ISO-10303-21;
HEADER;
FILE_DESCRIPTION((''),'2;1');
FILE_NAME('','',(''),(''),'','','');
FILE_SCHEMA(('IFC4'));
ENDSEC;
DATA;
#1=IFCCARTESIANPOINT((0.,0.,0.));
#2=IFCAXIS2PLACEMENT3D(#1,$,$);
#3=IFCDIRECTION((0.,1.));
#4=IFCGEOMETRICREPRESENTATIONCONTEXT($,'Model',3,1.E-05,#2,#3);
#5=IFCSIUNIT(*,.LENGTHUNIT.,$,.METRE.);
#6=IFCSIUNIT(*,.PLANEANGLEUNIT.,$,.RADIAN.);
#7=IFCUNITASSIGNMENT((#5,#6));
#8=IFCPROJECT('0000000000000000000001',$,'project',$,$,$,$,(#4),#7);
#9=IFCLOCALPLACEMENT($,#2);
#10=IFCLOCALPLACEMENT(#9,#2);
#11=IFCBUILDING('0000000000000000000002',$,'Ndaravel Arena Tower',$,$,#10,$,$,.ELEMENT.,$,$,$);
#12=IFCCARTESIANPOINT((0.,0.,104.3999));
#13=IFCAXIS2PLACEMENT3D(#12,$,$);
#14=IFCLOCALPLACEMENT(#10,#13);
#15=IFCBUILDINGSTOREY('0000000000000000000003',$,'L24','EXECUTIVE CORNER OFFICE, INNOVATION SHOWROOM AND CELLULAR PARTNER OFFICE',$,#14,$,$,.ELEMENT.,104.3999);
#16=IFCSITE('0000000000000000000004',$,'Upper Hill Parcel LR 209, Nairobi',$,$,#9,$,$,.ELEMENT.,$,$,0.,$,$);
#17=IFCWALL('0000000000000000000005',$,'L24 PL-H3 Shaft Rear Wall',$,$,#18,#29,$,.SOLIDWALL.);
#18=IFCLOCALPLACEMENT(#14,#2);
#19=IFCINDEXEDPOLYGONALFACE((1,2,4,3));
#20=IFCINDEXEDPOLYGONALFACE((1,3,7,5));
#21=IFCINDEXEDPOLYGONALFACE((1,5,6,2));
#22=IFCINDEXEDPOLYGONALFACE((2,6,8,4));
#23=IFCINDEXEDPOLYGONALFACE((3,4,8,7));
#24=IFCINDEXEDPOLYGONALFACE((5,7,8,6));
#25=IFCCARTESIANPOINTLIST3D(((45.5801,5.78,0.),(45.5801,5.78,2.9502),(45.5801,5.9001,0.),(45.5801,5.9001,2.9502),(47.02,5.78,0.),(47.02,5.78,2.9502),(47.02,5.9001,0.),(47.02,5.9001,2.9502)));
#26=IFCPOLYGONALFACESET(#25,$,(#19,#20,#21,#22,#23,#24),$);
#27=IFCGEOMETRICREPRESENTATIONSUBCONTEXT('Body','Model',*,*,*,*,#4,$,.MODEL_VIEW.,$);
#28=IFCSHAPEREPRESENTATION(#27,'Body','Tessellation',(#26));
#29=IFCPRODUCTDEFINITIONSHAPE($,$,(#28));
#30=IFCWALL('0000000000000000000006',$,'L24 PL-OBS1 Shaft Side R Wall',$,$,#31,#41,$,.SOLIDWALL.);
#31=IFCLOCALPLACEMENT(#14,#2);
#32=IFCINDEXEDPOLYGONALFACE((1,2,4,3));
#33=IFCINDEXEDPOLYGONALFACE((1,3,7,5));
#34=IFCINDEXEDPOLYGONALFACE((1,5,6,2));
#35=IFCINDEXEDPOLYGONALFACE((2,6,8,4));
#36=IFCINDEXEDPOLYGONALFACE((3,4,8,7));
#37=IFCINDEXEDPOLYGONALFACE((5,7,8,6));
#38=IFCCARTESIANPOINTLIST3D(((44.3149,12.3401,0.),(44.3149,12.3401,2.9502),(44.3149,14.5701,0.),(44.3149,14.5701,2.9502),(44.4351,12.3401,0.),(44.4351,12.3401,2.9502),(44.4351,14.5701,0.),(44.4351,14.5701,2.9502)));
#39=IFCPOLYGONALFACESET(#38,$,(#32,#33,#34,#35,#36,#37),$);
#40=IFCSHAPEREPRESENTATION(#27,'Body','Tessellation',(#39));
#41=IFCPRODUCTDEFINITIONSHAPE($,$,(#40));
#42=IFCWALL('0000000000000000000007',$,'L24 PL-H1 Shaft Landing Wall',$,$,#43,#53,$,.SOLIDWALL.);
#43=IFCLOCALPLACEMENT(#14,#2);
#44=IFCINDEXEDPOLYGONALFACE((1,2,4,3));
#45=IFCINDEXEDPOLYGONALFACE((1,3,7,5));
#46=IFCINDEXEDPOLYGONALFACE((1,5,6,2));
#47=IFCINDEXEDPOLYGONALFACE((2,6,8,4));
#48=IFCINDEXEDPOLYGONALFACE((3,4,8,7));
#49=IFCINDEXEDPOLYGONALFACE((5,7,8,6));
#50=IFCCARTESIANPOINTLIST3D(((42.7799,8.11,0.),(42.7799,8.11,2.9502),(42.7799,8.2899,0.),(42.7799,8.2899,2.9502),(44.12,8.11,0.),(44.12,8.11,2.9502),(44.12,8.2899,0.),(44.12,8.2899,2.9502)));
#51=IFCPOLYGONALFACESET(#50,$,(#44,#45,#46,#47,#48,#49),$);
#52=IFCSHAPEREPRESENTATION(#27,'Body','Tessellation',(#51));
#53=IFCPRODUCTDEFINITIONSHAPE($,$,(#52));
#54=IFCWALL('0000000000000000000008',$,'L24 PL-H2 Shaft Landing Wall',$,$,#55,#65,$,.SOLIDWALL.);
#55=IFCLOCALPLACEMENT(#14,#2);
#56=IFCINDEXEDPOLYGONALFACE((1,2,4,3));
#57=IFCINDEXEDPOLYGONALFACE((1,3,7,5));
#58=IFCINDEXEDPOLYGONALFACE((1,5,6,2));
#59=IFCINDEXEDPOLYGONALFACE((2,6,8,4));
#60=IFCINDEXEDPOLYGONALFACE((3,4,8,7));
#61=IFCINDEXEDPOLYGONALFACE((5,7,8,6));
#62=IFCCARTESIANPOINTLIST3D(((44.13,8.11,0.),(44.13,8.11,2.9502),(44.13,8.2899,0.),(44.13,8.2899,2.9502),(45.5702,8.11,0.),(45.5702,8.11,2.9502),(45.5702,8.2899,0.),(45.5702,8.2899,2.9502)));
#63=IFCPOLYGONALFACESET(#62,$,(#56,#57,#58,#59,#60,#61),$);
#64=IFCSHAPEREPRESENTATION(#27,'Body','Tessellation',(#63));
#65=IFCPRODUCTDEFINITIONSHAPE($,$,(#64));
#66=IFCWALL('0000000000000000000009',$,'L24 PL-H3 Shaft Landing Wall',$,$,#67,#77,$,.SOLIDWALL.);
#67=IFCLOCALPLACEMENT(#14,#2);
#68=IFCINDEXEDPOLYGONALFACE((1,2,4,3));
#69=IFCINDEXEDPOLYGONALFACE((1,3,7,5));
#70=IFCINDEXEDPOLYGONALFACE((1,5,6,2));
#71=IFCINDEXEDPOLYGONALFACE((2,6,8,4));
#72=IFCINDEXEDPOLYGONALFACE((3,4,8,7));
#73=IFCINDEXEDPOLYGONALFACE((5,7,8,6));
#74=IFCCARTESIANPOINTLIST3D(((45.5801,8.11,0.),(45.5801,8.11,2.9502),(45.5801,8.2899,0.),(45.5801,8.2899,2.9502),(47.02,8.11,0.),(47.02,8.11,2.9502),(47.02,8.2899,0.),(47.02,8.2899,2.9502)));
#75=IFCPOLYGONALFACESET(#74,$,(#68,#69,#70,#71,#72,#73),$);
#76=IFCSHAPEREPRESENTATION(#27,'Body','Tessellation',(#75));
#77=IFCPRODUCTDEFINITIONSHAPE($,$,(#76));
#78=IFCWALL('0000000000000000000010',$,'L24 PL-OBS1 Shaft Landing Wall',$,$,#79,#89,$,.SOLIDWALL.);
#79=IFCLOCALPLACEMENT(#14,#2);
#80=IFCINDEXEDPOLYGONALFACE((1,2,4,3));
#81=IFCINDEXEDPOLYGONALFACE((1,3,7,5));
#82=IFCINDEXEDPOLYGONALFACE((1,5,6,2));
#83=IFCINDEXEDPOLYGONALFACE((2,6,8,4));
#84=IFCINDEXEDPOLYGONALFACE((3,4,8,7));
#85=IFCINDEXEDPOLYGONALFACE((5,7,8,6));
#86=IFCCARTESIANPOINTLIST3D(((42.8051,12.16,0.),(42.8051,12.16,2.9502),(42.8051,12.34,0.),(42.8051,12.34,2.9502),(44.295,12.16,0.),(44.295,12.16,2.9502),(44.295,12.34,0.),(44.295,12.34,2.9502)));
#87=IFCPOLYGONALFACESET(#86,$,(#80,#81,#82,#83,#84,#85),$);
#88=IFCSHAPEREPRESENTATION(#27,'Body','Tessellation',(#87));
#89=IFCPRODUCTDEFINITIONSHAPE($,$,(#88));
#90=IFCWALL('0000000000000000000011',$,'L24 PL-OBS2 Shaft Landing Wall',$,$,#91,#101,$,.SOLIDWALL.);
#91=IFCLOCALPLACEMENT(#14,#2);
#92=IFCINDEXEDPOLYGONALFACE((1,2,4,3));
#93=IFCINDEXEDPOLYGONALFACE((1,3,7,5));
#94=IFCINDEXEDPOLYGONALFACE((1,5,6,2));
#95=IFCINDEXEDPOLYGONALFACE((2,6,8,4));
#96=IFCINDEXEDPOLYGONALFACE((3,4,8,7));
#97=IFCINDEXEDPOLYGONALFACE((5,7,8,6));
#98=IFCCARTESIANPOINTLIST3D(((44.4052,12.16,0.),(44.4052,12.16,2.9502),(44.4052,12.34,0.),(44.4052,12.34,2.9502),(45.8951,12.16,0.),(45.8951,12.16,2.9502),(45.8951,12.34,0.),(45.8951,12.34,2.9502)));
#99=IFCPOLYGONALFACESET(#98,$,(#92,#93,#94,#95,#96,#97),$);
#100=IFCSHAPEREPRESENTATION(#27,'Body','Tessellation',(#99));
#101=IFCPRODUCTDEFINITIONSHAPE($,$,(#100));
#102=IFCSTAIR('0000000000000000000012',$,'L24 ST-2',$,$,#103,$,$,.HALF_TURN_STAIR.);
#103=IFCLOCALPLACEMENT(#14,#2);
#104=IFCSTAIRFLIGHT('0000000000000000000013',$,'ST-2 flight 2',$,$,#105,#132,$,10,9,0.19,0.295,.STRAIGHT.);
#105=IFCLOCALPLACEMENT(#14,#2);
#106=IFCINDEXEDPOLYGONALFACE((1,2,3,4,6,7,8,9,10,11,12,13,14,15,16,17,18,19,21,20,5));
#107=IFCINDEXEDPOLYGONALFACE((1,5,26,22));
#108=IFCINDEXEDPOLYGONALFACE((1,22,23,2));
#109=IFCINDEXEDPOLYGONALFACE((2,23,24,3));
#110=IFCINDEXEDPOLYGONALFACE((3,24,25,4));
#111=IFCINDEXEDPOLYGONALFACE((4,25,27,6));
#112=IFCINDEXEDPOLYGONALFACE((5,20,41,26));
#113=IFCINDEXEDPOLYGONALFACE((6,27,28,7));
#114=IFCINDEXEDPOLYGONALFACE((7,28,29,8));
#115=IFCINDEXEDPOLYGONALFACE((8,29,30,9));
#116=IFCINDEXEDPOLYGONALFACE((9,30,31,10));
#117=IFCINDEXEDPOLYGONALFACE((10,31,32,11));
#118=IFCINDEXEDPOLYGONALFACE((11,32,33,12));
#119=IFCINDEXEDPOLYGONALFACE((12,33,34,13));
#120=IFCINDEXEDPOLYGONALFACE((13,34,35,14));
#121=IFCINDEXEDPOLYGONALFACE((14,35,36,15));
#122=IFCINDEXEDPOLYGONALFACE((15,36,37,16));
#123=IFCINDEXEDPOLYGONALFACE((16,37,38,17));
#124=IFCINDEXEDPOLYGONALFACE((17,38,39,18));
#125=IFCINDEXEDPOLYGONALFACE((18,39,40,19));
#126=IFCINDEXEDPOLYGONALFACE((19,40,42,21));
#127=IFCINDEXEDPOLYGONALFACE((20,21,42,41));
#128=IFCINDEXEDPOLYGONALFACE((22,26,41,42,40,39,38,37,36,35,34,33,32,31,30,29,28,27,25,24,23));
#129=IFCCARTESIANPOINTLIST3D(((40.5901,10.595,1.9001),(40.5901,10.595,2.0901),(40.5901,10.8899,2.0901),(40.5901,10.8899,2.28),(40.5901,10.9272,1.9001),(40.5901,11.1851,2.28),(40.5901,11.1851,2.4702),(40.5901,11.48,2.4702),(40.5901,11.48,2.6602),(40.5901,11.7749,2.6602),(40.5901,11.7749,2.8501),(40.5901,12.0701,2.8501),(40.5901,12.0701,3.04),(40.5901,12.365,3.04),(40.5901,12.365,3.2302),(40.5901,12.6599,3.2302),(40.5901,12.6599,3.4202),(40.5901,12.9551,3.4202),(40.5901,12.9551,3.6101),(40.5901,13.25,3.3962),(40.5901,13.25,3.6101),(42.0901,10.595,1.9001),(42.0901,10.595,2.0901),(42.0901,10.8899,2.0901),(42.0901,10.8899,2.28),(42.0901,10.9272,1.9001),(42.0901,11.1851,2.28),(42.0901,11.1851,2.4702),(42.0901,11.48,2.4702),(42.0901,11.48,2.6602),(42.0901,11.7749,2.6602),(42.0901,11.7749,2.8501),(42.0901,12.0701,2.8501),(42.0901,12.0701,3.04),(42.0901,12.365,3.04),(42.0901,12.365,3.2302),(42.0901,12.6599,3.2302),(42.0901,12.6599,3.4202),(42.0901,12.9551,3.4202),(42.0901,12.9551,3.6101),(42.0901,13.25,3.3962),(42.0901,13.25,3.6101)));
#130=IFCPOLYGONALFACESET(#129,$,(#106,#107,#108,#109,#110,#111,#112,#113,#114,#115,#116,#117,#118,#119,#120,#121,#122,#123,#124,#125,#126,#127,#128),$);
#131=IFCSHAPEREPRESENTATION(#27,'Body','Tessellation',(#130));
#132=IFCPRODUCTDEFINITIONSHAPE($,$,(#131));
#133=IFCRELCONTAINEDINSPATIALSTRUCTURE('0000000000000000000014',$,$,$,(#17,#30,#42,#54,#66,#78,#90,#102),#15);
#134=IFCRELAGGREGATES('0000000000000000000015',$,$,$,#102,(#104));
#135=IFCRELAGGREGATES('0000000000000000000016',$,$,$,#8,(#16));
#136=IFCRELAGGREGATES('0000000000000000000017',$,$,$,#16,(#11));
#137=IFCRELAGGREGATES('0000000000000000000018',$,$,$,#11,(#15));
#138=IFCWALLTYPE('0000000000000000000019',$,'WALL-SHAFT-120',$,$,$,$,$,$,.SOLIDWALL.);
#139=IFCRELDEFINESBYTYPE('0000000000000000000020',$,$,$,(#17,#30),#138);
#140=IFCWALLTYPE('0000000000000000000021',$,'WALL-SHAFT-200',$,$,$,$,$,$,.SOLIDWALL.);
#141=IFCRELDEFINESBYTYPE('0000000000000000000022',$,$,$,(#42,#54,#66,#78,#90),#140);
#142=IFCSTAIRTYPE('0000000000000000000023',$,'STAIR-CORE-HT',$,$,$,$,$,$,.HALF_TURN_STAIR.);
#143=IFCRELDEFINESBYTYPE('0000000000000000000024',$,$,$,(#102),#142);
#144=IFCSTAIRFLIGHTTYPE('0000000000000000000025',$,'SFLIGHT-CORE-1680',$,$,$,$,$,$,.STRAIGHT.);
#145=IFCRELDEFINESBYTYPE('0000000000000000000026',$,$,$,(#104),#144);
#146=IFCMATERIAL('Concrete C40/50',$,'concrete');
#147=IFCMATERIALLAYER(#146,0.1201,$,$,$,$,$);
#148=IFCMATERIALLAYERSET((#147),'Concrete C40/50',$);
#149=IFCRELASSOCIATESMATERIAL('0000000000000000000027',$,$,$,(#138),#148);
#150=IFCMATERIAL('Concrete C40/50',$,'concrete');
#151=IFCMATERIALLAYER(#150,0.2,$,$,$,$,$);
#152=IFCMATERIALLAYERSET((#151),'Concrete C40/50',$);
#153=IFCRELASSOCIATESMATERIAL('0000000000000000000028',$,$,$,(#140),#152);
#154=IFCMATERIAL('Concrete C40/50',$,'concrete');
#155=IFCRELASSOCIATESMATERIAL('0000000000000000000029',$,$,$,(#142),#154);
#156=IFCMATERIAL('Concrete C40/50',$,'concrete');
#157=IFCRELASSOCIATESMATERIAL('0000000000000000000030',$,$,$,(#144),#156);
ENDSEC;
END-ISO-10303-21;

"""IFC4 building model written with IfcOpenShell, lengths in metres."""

from ifc_helpers import new_model, si_unit, direction, frame, frame_2d, origin, place, context, subcontext, project, spatial, polyline, rectangle, outline, extrude, material, layer, layer_set, type_object, element, aggregate, save


model = new_model("IFC4")

# Units and contexts
model_context = context("Model", 3, precision=1e-05, world=origin(), true_north=direction((0.0, 1.0)))
body_context = subcontext(model_context, "Body", "Model", "MODEL_VIEW")
ifc_project = project(units=[si_unit("LENGTHUNIT", "METRE"), si_unit("PLANEANGLEUNIT", "RADIAN")], contexts=[model_context])

# Site, building, storey
site_placement = place(None, origin())
site = spatial("IfcSite", under=ifc_project, at=site_placement, Name="Upper Hill Parcel LR 209, Nairobi", CompositionType="ELEMENT", RefElevation=0.0)
building_placement = place(site_placement, origin())
building = spatial("IfcBuilding", under=site, at=building_placement, Name="Ndaravel Arena Tower", CompositionType="ELEMENT")
storey_placement = place(building_placement, frame((0.0, 0.0, 104.3999)))
storey = spatial("IfcBuildingStorey", under=building, at=storey_placement, Name="L24", Description="EXECUTIVE CORNER OFFICE, INNOVATION SHOWROOM AND CELLULAR PARTNER OFFICE", CompositionType="ELEMENT", Elevation=104.3999)

# Walls
ifc_material_1 = material(Name="Concrete C40/50", Category="concrete")
ifc_layer_1 = layer(ifc_material_1, 0.1201)
ifc_layer_set_1 = layer_set([ifc_layer_1], Name="Concrete C40/50")
wall_type_1 = type_object("IfcWallType", Name="WALL-SHAFT-120", PredefinedType="SOLIDWALL", material=ifc_layer_set_1)
wall_1_placement = place(storey_placement, frame((45.5801, 5.8401, 0.0), z_axis=(0.0, 0.0, 1.0), x_axis=(1.0, 0.0, 0.0)))
element("IfcWall", 1, at=wall_1_placement, inside=storey, type_object=wall_type_1, Name="L24 PL-H3 Shaft Rear Wall", PredefinedType="SOLIDWALL", context=body_context, shape_type="SweptSolid", body=[
    extrude(rectangle(XDim=1.4399, YDim=0.1201, at=frame_2d((0.72, 0.0))), origin(), (0.0, 0.0, 1.0), 2.9502),
])
wall_2_placement = place(storey_placement, frame((44.375, 12.3401, 0.0), z_axis=(0.0, 0.0, 1.0), x_axis=(0.0, 1.0, 0.0)))
element("IfcWall", 2, at=wall_2_placement, inside=storey, type_object=wall_type_1, Name="L24 PL-OBS1 Shaft Side R Wall", PredefinedType="SOLIDWALL", context=body_context, shape_type="SweptSolid", body=[
    extrude(rectangle(XDim=2.23, YDim=0.1201, at=frame_2d((1.115, 0.0))), origin(), (0.0, 0.0, 1.0), 2.9502),
])
ifc_material_2 = material(Name="Concrete C40/50", Category="concrete")
ifc_layer_2 = layer(ifc_material_2, 0.2)
ifc_layer_set_2 = layer_set([ifc_layer_2], Name="Concrete C40/50")
wall_type_2 = type_object("IfcWallType", Name="WALL-SHAFT-200", PredefinedType="SOLIDWALL", material=ifc_layer_set_2)
wall_3_placement = place(storey_placement, frame((42.78, 8.2, 0.0), z_axis=(0.0, 0.0, 1.0), x_axis=(1.0, 0.0, 0.0)))
element("IfcWall", 3, at=wall_3_placement, inside=storey, type_object=wall_type_2, Name="L24 PL-H1 Shaft Landing Wall", PredefinedType="SOLIDWALL", context=body_context, shape_type="SweptSolid", body=[
    extrude(rectangle(XDim=1.3401, YDim=0.1799, at=frame_2d((0.6699, 0.0))), origin(), (0.0, 0.0, 1.0), 2.9502),
])
wall_4_placement = place(storey_placement, frame((44.1299, 8.2, 0.0), z_axis=(0.0, 0.0, 1.0), x_axis=(1.0, 0.0, 0.0)))
element("IfcWall", 4, at=wall_4_placement, inside=storey, type_object=wall_type_2, Name="L24 PL-H2 Shaft Landing Wall", PredefinedType="SOLIDWALL", context=body_context, shape_type="SweptSolid", body=[
    extrude(rectangle(XDim=1.4402, YDim=0.1799, at=frame_2d((0.7202, 0.0))), origin(), (0.0, 0.0, 1.0), 2.9502),
])
wall_5_placement = place(storey_placement, frame((45.5801, 8.2, 0.0), z_axis=(0.0, 0.0, 1.0), x_axis=(1.0, 0.0, 0.0)))
element("IfcWall", 5, at=wall_5_placement, inside=storey, type_object=wall_type_2, Name="L24 PL-H3 Shaft Landing Wall", PredefinedType="SOLIDWALL", context=body_context, shape_type="SweptSolid", body=[
    extrude(rectangle(XDim=1.4399, YDim=0.1799, at=frame_2d((0.72, 0.0))), origin(), (0.0, 0.0, 1.0), 2.9502),
])
for number, where, z_axis, x_axis, name in (
    (6, (42.8049, 12.25, 0.0), (0.0, 0.0, 1.0), (1.0, 0.0, 0.0), "L24 PL-OBS1 Shaft Landing Wall"),
    (7, (44.405, 12.25, 0.0), (0.0, 0.0, 1.0), (1.0, 0.0, 0.0), "L24 PL-OBS2 Shaft Landing Wall"),
):
    element("IfcWall", number, at=place(storey_placement, frame(where, z_axis=z_axis, x_axis=x_axis)), inside=storey, type_object=wall_type_2, Name=name, PredefinedType="SOLIDWALL", context=body_context, shape_type="SweptSolid", body=[
        extrude(rectangle(XDim=1.49, YDim=0.1799, at=frame_2d((0.7451, 0.0))), origin(), (0.0, 0.0, 1.0), 2.9502),
    ])

# Stair, stair flight
ifc_material_3 = material(Name="Concrete C40/50", Category="concrete")
stair_type = type_object("IfcStairType", Name="STAIR-CORE-HT", PredefinedType="HALF_TURN_STAIR", material=ifc_material_3)
stair_placement = place(storey_placement, origin())
stair = element("IfcStair", 8, at=stair_placement, inside=storey, type_object=stair_type, Name="L24 ST-2", PredefinedType="HALF_TURN_STAIR")
ifc_material_4 = material(Name="Concrete C40/50", Category="concrete")
stair_flight_type = type_object("IfcStairFlightType", Name="SFLIGHT-CORE-1680", PredefinedType="STRAIGHT", material=ifc_material_4)
stair_flight_placement = place(storey_placement, frame((41.3401, 10.595, 1.9001), z_axis=(0.0, 0.0, 1.0), x_axis=(0.0, 1.0, 0.0)))
stair_flight = element("IfcStairFlight", 9, at=stair_flight_placement, type_object=stair_flight_type, Name="ST-2 flight 2", NumberOfRisers=10, NumberOfTreads=9, PredefinedType="STRAIGHT", RiserHeight=0.19, TreadLength=0.295, context=body_context, shape_type="SweptSolid", body=[
    extrude(outline(polyline([(0.0, 0.0), (0.0, 0.1899), (0.2949, 0.1899), (0.2949, 0.3799), (0.5901, 0.3799), (0.5901, 0.5701), (0.885, 0.5701), (0.885, 0.76), (1.1799, 0.76), (1.1799, 0.95), (1.4751, 0.95), (1.4751, 1.1399), (1.77, 1.1399), (1.77, 1.3301), (2.0649, 1.3301), (2.0649, 1.52), (2.3601, 1.52), (2.3601, 1.71), (2.655, 1.71), (2.655, 1.8999), (2.655, 1.4961), (0.3323, 0.0), (0.0, 0.0)])), frame((0.0, 0.75, 0.0), z_axis=(0.0, -1.0, 0.0), x_axis=(1.0, 0.0, 0.0)), (0.0, 0.0, 1.0), 1.5),
])
aggregate(stair, [stair_flight])

save(model, "model.ifc")
